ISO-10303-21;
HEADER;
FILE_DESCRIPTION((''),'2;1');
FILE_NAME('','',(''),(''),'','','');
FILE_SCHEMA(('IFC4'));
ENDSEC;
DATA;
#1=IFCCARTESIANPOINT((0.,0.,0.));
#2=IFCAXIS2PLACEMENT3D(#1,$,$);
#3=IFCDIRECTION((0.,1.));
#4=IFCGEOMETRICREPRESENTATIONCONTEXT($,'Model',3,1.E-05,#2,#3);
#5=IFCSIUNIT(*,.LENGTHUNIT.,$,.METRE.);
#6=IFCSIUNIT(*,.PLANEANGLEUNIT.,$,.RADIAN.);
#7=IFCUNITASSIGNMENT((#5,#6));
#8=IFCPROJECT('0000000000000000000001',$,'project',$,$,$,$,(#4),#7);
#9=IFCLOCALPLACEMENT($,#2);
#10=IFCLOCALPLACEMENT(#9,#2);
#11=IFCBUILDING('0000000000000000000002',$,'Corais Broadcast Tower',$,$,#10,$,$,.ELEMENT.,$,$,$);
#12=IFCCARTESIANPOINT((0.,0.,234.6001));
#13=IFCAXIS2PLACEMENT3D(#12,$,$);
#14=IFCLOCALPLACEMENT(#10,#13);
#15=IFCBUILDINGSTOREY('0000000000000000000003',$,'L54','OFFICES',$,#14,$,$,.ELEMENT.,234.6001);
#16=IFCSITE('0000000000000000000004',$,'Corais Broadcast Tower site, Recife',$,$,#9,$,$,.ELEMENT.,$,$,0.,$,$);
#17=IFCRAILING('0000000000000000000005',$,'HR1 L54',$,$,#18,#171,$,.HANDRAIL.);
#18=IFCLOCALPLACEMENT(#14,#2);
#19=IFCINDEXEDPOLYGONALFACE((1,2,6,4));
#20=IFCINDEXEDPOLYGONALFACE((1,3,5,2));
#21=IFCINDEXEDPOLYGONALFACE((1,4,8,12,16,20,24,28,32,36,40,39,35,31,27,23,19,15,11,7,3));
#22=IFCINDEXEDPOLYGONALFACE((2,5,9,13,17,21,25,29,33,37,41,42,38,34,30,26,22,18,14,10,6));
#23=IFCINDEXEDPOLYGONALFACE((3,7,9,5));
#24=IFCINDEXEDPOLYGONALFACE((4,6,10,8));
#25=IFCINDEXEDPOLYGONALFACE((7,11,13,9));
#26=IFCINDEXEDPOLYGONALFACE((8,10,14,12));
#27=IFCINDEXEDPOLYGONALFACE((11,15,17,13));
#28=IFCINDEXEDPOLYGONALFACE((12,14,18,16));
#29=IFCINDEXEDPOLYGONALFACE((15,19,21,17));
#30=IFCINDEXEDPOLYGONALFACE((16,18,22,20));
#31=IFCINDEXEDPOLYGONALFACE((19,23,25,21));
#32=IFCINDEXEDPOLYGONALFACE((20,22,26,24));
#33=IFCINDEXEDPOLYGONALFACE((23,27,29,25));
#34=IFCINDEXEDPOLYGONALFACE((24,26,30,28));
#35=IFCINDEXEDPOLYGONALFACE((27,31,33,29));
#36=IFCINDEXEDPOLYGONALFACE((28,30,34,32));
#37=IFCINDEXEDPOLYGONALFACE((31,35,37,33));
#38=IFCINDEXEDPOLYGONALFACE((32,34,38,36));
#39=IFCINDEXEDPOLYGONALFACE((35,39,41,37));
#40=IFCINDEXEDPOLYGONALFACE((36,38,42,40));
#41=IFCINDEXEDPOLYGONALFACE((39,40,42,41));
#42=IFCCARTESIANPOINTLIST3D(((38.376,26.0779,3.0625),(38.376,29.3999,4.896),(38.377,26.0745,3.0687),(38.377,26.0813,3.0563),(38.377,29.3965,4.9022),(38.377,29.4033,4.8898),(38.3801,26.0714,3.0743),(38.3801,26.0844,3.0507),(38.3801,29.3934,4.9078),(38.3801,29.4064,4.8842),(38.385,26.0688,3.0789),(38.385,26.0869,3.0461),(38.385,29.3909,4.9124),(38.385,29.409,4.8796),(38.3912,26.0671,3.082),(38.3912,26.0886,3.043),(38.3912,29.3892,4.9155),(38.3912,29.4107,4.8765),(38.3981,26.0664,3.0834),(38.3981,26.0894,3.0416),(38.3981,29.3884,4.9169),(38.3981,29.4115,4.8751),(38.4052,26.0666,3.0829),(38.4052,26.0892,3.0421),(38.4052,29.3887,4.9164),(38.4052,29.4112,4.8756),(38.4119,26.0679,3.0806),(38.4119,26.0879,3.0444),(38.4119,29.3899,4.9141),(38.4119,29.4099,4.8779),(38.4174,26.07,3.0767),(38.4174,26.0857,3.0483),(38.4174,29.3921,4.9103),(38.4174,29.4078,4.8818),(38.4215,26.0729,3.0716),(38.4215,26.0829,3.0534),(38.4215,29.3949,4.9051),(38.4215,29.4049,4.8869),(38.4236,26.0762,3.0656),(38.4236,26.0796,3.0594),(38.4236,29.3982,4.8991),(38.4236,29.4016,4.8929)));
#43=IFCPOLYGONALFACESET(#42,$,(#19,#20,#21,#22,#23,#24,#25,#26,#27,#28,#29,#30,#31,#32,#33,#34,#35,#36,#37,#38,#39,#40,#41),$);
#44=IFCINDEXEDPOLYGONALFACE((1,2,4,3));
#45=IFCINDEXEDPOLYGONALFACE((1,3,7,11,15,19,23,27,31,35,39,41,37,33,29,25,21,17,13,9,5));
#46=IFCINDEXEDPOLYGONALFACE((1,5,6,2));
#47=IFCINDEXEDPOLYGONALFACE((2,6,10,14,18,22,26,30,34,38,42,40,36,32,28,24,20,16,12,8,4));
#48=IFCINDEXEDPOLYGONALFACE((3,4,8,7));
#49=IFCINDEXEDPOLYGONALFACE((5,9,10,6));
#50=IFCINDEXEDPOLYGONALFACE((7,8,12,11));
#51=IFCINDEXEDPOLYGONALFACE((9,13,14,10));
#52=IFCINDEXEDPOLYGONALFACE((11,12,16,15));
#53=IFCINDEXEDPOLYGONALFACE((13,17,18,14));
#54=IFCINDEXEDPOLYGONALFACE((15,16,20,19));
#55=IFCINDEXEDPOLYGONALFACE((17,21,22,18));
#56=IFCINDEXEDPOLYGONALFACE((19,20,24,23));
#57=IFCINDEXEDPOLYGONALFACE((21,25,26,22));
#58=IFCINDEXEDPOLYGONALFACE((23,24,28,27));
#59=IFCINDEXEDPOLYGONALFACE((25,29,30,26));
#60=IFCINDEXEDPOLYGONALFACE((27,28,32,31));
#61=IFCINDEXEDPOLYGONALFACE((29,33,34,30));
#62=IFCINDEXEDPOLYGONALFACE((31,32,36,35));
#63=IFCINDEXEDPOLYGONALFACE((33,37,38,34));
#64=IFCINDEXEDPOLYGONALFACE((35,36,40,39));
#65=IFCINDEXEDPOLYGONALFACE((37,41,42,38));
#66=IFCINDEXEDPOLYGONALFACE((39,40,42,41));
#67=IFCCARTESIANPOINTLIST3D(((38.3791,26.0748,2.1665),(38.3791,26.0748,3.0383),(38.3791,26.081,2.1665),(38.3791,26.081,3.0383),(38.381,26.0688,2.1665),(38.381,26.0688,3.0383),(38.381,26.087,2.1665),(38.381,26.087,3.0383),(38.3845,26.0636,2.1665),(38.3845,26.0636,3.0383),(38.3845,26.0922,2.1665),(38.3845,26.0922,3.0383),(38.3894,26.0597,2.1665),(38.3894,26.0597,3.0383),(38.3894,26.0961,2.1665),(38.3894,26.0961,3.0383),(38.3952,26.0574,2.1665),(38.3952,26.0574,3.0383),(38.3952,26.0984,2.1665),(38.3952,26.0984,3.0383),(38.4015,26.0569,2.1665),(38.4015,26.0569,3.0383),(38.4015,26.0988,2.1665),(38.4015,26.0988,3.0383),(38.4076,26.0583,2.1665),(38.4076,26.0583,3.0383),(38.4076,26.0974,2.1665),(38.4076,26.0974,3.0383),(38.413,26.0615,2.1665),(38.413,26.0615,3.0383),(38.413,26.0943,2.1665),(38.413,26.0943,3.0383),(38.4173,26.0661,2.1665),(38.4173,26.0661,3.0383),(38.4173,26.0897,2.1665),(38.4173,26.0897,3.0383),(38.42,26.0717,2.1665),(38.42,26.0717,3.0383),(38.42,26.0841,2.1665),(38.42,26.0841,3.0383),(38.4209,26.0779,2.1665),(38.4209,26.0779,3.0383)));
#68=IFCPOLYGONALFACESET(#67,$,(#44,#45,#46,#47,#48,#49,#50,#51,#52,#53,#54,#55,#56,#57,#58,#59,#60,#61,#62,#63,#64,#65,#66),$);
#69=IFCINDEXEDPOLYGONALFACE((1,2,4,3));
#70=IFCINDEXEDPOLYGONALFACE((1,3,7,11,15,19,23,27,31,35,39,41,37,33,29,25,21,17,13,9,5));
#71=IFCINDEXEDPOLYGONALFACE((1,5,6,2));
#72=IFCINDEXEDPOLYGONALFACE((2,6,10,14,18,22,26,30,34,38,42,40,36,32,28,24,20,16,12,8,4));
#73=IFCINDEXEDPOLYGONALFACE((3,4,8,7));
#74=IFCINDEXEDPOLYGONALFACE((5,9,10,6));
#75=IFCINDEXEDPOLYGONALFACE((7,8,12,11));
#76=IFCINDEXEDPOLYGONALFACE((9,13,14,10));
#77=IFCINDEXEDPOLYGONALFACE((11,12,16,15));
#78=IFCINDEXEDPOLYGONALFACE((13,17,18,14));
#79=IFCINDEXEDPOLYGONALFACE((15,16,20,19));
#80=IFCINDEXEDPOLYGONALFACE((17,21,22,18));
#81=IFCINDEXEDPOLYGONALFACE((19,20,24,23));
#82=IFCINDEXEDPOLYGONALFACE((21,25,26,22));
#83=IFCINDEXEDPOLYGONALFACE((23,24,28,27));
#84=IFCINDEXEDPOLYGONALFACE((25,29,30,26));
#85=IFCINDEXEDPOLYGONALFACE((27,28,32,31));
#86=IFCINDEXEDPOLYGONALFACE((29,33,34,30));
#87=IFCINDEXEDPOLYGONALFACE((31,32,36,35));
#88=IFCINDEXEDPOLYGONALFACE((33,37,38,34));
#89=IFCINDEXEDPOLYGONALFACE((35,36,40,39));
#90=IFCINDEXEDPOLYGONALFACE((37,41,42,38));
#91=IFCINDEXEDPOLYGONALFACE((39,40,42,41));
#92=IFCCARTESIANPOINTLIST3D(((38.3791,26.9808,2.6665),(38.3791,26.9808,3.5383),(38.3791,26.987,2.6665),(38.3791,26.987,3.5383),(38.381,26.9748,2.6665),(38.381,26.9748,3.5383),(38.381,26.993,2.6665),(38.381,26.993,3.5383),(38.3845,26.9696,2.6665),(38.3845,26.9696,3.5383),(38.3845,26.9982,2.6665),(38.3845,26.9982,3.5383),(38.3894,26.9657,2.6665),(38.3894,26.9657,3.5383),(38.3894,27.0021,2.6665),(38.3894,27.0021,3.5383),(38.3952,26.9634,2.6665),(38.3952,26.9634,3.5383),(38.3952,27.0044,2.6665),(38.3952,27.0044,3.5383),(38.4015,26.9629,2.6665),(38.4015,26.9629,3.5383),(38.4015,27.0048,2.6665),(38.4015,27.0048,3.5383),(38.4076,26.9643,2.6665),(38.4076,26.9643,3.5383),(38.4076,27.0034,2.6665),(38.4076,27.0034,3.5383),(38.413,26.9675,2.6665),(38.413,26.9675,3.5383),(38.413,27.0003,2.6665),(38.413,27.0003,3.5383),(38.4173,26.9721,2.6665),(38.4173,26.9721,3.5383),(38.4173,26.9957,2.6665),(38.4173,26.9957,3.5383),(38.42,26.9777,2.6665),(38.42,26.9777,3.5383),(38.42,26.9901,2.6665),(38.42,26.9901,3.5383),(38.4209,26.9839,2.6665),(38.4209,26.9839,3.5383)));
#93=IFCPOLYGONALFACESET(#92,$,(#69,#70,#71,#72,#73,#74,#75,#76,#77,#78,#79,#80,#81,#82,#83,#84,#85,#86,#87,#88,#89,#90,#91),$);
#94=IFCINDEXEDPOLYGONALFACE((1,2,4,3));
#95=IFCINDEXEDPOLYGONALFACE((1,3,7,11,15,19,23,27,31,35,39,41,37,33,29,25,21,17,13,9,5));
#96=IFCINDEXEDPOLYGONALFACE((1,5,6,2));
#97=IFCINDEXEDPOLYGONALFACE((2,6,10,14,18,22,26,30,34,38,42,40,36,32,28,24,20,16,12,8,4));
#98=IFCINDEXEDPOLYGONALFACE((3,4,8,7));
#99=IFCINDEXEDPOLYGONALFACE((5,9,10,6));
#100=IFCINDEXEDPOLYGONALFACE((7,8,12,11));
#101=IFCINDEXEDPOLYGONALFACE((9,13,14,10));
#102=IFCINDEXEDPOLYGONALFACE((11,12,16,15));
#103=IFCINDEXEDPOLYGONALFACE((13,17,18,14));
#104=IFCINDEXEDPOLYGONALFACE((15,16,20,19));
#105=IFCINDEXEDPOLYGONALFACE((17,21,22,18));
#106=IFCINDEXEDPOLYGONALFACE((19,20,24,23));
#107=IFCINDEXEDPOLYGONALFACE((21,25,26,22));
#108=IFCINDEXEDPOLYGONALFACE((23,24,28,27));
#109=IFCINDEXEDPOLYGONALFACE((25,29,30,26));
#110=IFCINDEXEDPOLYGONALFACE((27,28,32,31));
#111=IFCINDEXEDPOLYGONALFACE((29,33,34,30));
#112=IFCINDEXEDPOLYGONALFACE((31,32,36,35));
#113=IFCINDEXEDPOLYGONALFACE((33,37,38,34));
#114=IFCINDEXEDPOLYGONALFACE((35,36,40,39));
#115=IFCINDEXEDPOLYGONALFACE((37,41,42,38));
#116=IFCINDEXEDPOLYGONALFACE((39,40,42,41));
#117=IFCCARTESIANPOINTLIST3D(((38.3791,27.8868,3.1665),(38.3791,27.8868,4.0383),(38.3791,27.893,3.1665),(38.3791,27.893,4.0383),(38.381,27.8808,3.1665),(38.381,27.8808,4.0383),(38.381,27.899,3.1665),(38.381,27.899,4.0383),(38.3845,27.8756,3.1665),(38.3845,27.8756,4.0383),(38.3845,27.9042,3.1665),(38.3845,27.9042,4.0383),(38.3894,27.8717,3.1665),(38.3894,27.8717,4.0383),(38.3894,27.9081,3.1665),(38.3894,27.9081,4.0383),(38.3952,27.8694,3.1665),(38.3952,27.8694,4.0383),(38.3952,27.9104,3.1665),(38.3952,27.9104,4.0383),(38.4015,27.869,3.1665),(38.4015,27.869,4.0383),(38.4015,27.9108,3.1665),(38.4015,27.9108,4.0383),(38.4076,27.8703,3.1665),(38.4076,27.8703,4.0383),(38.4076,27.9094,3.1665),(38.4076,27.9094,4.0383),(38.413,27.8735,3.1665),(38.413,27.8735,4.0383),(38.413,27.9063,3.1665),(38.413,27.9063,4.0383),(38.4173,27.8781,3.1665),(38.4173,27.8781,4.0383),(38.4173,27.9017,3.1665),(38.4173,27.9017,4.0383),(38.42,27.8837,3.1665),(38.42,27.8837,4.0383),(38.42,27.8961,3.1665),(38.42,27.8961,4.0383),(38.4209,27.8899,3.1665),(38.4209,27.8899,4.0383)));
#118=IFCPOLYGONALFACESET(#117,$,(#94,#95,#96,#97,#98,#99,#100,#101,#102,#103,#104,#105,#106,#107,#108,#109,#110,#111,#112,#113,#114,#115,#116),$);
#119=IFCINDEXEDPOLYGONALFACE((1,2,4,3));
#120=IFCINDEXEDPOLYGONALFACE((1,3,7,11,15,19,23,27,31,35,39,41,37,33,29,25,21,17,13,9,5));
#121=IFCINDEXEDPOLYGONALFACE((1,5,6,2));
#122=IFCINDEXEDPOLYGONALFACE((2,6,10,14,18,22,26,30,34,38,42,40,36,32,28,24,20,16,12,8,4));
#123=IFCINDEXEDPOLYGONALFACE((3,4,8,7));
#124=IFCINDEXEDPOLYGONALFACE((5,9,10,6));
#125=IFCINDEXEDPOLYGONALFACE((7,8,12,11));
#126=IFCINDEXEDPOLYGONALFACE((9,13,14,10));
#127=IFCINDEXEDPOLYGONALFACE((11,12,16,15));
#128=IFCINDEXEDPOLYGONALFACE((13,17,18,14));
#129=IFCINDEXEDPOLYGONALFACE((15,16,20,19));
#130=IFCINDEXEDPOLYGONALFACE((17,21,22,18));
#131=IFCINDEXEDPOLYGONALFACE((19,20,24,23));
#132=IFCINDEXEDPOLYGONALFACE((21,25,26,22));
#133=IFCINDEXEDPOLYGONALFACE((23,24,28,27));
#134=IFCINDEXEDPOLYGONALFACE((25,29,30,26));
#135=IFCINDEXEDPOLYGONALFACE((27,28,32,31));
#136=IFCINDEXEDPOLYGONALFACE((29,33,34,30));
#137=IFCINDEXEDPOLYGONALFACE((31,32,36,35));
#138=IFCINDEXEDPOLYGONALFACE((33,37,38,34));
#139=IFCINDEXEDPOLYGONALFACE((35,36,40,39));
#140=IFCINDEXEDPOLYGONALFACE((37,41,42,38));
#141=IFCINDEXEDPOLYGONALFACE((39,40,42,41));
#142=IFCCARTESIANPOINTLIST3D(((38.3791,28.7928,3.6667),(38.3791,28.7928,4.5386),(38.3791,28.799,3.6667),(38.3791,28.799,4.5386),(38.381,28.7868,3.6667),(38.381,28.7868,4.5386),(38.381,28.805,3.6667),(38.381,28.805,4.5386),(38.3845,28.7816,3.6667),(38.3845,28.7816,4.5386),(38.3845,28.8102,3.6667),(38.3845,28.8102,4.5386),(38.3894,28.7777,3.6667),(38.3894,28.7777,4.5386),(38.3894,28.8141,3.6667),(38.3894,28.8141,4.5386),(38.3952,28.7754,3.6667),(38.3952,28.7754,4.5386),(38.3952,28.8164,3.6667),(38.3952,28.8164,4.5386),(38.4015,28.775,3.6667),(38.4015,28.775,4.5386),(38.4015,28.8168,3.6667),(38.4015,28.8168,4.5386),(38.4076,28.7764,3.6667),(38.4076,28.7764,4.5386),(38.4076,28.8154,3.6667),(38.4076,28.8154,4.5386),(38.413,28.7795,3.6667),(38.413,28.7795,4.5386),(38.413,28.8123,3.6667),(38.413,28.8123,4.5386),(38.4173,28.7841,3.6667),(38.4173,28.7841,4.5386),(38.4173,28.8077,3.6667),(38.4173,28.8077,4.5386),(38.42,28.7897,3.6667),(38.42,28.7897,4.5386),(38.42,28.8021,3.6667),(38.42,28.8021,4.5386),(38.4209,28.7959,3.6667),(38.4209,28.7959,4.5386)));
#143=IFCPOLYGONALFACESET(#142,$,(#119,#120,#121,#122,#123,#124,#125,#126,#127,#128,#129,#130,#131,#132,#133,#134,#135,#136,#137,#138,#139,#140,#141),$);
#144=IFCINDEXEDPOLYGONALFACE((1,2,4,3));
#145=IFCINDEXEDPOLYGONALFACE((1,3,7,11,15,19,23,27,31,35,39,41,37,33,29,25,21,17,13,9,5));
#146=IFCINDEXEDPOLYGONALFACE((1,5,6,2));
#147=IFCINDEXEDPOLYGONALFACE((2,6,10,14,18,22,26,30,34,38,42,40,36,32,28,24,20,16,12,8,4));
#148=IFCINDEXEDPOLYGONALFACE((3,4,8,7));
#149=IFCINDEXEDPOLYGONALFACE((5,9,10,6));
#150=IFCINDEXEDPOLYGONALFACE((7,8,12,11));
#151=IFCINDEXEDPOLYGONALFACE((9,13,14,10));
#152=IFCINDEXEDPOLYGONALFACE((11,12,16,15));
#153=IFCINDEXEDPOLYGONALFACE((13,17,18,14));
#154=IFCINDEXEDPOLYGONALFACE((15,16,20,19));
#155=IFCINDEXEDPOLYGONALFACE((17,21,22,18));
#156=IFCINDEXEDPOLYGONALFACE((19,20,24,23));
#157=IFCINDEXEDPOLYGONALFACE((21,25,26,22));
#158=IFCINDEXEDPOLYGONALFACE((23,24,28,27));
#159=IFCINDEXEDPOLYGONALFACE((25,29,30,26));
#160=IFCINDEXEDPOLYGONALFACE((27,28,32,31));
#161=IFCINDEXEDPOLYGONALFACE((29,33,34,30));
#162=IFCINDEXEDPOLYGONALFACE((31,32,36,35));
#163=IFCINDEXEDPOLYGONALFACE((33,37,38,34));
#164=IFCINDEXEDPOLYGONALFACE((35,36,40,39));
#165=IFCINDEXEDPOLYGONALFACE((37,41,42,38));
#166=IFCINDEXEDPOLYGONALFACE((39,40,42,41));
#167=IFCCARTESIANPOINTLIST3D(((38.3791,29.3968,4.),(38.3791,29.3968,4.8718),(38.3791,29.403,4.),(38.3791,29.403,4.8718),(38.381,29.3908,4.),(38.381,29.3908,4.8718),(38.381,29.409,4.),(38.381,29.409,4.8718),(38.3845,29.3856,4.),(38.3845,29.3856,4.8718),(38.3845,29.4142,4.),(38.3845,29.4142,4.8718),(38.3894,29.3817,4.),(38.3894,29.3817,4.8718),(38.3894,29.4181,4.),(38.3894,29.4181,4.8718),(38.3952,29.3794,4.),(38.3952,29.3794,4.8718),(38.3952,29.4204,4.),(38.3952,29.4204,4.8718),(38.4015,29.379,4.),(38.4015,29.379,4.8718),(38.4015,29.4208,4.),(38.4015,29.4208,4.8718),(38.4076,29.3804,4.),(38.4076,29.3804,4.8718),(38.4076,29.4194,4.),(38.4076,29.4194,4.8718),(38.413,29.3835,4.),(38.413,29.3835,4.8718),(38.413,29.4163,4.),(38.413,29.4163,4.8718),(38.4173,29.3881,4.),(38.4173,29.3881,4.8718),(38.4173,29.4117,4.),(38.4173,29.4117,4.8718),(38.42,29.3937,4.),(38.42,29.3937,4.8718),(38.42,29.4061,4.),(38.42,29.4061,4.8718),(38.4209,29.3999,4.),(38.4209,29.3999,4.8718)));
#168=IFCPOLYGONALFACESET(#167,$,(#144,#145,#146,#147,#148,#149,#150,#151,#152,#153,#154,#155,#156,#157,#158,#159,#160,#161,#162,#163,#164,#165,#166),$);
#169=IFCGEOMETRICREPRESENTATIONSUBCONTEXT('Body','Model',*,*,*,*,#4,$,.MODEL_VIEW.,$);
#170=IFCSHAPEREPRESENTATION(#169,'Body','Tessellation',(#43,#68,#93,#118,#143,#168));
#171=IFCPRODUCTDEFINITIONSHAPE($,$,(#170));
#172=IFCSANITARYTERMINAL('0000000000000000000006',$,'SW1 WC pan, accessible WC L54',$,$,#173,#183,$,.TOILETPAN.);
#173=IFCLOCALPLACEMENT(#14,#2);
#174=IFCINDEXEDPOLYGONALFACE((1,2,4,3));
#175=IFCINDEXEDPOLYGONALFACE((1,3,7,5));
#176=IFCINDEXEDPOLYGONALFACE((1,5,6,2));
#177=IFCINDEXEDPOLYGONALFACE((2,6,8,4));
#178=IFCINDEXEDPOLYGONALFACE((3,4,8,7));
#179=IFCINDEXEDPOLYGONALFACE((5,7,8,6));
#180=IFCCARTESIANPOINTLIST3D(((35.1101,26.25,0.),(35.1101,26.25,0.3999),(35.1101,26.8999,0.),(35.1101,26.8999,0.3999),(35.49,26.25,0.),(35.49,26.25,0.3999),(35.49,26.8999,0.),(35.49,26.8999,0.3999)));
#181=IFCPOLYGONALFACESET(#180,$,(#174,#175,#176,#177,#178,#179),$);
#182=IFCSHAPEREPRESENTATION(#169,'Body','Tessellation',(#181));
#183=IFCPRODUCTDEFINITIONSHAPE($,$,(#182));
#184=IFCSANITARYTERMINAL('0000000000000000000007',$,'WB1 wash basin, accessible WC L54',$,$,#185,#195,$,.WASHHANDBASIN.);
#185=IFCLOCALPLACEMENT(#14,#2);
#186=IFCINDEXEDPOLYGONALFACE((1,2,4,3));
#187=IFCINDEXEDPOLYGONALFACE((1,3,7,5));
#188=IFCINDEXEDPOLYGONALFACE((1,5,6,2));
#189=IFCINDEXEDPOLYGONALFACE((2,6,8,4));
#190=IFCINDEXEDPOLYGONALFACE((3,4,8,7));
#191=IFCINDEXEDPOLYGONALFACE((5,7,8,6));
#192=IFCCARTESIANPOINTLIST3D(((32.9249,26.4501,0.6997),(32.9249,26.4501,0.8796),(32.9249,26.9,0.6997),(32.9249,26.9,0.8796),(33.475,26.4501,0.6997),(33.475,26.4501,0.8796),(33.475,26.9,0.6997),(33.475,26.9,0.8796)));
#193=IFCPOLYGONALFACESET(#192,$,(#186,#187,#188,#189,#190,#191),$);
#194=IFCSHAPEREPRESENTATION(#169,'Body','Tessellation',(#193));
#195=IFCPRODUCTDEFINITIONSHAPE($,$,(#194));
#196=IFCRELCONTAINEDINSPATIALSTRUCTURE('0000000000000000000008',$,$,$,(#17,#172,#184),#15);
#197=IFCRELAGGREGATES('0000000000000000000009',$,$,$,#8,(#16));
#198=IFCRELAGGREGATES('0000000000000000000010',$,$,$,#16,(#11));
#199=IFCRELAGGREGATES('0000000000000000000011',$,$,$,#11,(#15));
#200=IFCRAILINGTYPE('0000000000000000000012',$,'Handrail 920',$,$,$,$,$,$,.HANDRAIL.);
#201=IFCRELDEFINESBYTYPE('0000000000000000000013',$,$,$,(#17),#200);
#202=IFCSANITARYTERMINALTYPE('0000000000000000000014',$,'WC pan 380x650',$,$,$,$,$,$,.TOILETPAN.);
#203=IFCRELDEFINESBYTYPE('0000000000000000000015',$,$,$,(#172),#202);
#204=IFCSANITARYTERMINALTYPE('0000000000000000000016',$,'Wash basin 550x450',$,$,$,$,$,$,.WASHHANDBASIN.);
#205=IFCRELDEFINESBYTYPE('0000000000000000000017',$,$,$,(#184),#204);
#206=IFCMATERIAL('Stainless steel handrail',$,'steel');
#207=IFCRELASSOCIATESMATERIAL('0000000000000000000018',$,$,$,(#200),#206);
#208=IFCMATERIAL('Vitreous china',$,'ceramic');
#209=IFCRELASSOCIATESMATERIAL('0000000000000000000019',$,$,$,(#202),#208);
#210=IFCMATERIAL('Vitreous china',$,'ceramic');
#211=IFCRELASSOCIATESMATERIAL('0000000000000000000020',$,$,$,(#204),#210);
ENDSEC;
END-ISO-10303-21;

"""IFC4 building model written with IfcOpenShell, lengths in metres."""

from ifc_helpers import new_model, si_unit, direction, frame, origin, origin_2d, place, context, subcontext, project, spatial, rectangle, circle, extrude, material, type_object, element, save


model = new_model("IFC4")

# Units and contexts
model_context = context("Model", 3, precision=1e-05, world=origin(), true_north=direction((0.0, 1.0)))
body_context = subcontext(model_context, "Body", "Model", "MODEL_VIEW")
ifc_project = project(units=[si_unit("LENGTHUNIT", "METRE"), si_unit("PLANEANGLEUNIT", "RADIAN")], contexts=[model_context])

# Site, building, storey
site_placement = place(None, origin())
site = spatial("IfcSite", under=ifc_project, at=site_placement, Name="Corais Broadcast Tower site, Recife", CompositionType="ELEMENT", RefElevation=0.0)
building_placement = place(site_placement, origin())
building = spatial("IfcBuilding", under=site, at=building_placement, Name="Corais Broadcast Tower", CompositionType="ELEMENT")
storey_placement = place(building_placement, frame((0.0, 0.0, 234.6001)))
storey = spatial("IfcBuildingStorey", under=building, at=storey_placement, Name="L54", Description="OFFICES", CompositionType="ELEMENT", Elevation=234.6001)

# Railing
ifc_material_1 = material(Name="Stainless steel handrail", Category="steel")
railing_type = type_object("IfcRailingType", Name="Handrail 920", PredefinedType="HANDRAIL", material=ifc_material_1)
for number, where, name in (
    (1, (38.3999, 26.0779, 2.1665), "HR1 L54"),
):
    element("IfcRailing", number, at=place(storey_placement, frame(where)), inside=storey, type_object=railing_type, Name=name, PredefinedType="HANDRAIL", context=body_context, shape_type="SweptSolid", body=[
        extrude(circle(Radius=0.0239, at=origin_2d()), frame((0.0, 0.0, 0.896), z_axis=(0.0, 0.875504, 0.48321), x_axis=(-1.0, 0.0, 0.0)), (0.0, 0.0, 1.0), 3.7944),
        extrude(circle(Radius=0.021, at=origin_2d()), origin(), (0.0, 0.0, 1.0), 0.8718),
        extrude(circle(Radius=0.021, at=origin_2d()), frame((0.0, 0.906, 0.5)), (0.0, 0.0, 1.0), 0.8718),
        extrude(circle(Radius=0.021, at=origin_2d()), frame((0.0, 1.812, 1.0)), (0.0, 0.0, 1.0), 0.8718),
        extrude(circle(Radius=0.021, at=origin_2d()), frame((0.0, 2.718, 1.5002)), (0.0, 0.0, 1.0), 0.8718),
        extrude(circle(Radius=0.021, at=origin_2d()), frame((0.0, 3.322, 1.8335)), (0.0, 0.0, 1.0), 0.8718),
    ])

# Sanitary terminals
ifc_material_2 = material(Name="Vitreous china", Category="ceramic")
sanitary_terminal_type_1 = type_object("IfcSanitaryTerminalType", Name="WC pan 380x650", PredefinedType="TOILETPAN", material=ifc_material_2)
sanitary_terminal_1_placement = place(storey_placement, frame((35.3, 26.575, 0.0), z_axis=(0.0, 0.0, 1.0), x_axis=(1.0, 0.0, 0.0)))
element("IfcSanitaryTerminal", 2, at=sanitary_terminal_1_placement, inside=storey, type_object=sanitary_terminal_type_1, Name="SW1 WC pan, accessible WC L54", PredefinedType="TOILETPAN", context=body_context, shape_type="SweptSolid", body=[
    extrude(rectangle(XDim=0.3799, YDim=0.6499, at=origin_2d()), origin(), (0.0, 0.0, 1.0), 0.3999),
])
ifc_material_3 = material(Name="Vitreous china", Category="ceramic")
sanitary_terminal_type_2 = type_object("IfcSanitaryTerminalType", Name="Wash basin 550x450", PredefinedType="WASHHANDBASIN", material=ifc_material_3)
sanitary_terminal_2_placement = place(storey_placement, frame((33.2, 26.675, 0.6997), z_axis=(0.0, 0.0, 1.0), x_axis=(1.0, 0.0, 0.0)))
element("IfcSanitaryTerminal", 3, at=sanitary_terminal_2_placement, inside=storey, type_object=sanitary_terminal_type_2, Name="WB1 wash basin, accessible WC L54", PredefinedType="WASHHANDBASIN", context=body_context, shape_type="SweptSolid", body=[
    extrude(rectangle(XDim=0.55, YDim=0.45, at=origin_2d()), origin(), (0.0, 0.0, 1.0), 0.1799),
])

save(model, "model.ifc")
